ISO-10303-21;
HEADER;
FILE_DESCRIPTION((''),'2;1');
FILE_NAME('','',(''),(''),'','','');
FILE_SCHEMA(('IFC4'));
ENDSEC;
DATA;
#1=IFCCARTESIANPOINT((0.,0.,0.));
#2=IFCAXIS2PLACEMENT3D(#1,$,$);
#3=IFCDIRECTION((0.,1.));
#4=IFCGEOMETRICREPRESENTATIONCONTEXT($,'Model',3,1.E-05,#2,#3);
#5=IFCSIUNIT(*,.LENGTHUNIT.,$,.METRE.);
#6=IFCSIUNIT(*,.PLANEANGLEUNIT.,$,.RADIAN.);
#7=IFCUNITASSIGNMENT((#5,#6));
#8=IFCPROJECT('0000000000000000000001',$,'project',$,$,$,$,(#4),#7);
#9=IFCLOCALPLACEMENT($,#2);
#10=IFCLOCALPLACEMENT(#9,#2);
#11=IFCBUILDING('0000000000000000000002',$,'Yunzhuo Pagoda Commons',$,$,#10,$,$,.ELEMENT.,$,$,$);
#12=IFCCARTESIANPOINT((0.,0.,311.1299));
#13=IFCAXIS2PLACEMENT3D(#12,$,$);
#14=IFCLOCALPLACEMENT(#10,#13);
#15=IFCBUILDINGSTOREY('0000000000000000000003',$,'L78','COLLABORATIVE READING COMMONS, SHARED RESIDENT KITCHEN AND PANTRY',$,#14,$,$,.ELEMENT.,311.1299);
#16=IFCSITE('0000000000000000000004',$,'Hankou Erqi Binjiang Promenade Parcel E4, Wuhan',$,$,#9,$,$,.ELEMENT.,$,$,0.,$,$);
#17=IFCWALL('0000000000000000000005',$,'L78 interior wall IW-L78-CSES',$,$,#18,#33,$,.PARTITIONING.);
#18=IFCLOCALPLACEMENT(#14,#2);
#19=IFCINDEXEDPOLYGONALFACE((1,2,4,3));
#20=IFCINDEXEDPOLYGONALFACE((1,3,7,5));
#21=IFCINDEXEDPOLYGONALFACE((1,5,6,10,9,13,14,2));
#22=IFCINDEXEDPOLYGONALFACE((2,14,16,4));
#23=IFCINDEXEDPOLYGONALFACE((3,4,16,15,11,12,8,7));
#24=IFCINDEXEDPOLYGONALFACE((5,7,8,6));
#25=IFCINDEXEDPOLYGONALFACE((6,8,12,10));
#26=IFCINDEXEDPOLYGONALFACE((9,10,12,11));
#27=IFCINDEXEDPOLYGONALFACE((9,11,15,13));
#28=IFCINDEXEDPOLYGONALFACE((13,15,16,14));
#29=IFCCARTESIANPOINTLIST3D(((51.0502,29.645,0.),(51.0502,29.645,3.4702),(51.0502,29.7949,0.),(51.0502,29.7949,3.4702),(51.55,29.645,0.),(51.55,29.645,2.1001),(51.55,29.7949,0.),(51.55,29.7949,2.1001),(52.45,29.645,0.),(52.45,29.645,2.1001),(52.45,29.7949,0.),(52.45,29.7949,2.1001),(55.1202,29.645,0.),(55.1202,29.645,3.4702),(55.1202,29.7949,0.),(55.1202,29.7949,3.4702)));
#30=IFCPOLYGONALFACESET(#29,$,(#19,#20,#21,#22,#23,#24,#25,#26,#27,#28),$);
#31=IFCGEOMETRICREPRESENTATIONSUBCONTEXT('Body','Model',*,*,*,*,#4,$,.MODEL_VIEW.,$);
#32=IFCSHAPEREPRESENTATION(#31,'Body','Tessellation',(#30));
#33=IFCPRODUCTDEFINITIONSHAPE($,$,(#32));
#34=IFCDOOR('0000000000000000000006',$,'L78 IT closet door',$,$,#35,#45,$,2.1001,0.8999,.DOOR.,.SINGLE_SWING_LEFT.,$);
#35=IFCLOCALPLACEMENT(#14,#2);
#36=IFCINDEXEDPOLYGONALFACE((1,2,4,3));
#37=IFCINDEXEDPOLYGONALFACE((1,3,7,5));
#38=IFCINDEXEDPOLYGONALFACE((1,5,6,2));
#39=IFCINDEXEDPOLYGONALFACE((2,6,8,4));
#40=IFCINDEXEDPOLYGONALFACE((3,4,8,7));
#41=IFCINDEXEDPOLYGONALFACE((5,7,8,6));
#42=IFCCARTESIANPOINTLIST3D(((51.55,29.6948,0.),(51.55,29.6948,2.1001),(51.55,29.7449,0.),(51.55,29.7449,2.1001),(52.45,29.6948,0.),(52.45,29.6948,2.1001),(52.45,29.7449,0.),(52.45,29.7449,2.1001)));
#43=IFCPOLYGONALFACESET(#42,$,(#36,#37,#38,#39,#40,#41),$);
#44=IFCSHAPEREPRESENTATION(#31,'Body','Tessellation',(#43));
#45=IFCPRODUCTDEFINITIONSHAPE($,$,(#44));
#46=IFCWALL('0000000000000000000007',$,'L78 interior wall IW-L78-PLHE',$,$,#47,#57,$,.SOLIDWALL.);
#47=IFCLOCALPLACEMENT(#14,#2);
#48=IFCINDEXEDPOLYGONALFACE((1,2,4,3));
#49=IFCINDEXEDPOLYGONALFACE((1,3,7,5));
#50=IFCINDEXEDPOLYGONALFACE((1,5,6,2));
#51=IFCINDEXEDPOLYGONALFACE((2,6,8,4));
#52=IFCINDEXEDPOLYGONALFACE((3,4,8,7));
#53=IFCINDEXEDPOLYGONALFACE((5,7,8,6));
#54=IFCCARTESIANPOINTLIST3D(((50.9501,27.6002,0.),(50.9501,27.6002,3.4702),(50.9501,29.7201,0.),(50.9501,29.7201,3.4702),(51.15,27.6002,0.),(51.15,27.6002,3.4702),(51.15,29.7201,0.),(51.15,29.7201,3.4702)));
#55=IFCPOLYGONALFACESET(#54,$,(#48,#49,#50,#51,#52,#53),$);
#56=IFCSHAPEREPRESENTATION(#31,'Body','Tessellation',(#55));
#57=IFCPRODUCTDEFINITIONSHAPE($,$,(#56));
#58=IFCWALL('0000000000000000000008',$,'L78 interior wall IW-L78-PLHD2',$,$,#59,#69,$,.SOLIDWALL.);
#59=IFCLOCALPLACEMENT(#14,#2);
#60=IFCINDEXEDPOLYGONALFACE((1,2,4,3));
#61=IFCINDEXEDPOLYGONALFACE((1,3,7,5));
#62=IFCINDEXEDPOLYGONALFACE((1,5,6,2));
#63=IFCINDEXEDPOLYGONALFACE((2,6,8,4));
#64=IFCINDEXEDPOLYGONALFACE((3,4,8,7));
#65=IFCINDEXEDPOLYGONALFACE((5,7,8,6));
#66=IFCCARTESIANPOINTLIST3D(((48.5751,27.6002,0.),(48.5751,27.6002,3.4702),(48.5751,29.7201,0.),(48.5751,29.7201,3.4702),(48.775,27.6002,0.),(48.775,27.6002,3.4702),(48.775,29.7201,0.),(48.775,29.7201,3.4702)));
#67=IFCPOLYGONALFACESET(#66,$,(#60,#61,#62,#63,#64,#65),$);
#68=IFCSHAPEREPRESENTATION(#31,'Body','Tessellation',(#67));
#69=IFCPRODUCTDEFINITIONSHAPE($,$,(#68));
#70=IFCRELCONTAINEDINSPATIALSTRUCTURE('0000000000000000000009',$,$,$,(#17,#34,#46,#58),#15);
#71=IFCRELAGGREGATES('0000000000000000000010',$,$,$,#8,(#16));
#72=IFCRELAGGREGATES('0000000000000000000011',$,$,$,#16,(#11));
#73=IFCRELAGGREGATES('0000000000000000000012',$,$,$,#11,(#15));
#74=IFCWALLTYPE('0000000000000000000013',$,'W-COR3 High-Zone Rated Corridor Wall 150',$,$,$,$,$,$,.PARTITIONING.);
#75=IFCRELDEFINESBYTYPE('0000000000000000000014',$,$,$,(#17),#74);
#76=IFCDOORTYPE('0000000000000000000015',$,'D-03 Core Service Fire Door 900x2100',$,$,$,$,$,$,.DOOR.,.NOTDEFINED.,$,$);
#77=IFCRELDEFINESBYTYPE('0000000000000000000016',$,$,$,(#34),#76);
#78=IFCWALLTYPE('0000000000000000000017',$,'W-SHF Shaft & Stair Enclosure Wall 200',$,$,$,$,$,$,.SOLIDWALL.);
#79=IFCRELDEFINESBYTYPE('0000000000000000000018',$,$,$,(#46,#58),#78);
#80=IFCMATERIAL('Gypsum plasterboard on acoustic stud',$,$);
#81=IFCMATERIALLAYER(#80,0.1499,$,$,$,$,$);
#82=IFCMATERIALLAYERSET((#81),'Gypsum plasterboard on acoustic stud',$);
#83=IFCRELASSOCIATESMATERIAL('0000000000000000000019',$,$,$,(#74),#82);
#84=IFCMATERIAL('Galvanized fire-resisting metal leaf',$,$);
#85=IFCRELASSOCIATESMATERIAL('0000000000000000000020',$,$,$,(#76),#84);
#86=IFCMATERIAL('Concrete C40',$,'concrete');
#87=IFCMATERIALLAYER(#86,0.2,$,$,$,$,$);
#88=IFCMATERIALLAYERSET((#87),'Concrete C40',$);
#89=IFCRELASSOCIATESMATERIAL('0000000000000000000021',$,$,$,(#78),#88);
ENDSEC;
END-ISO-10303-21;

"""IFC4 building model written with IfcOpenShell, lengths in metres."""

from ifc_helpers import new_model, si_unit, direction, frame, frame_2d, origin, origin_with_axes, place, context, subcontext, project, spatial, rectangle, extrude, source, transform, mapped, material, layer, layer_set, type_object, element, fill, save


model = new_model("IFC4")

# Units and contexts
model_context = context("Model", 3, precision=1e-05, world=origin(), true_north=direction((0.0, 1.0)))
body_context = subcontext(model_context, "Body", "Model", "MODEL_VIEW")
ifc_project = project(units=[si_unit("LENGTHUNIT", "METRE"), si_unit("PLANEANGLEUNIT", "RADIAN")], contexts=[model_context])

# Site, building, storey
site_placement = place(None, origin())
site = spatial("IfcSite", under=ifc_project, at=site_placement, Name="Hankou Erqi Binjiang Promenade Parcel E4, Wuhan", CompositionType="ELEMENT", RefElevation=0.0)
building_placement = place(site_placement, origin())
building = spatial("IfcBuilding", under=site, at=building_placement, Name="Yunzhuo Pagoda Commons", CompositionType="ELEMENT")
storey_placement = place(building_placement, frame((0.0, 0.0, 311.1299)))
storey = spatial("IfcBuildingStorey", under=building, at=storey_placement, Name="L78", Description="COLLABORATIVE READING COMMONS, SHARED RESIDENT KITCHEN AND PANTRY", CompositionType="ELEMENT", Elevation=311.1299)

# Shared definitions
ifc_material_1 = material(Name="Gypsum plasterboard on acoustic stud")
ifc_layer_1 = layer(ifc_material_1, 0.1499)
ifc_layer_set_1 = layer_set([ifc_layer_1], Name="Gypsum plasterboard on acoustic stud")
wall_type_1 = type_object("IfcWallType", Name="W-COR3 High-Zone Rated Corridor Wall 150", PredefinedType="PARTITIONING", material=ifc_layer_set_1)

# Wall, opening, door
wall_1_placement = place(storey_placement, frame((51.05, 29.72, 0.0), z_axis=(0.0, 0.0, 1.0), x_axis=(1.0, 0.0, 0.0)))
wall_1 = element("IfcWall", 1, at=wall_1_placement, inside=storey, type_object=wall_type_1, Name="L78 interior wall IW-L78-CSES", PredefinedType="PARTITIONING", context=body_context, shape_type="SweptSolid", body=[
    extrude(rectangle(XDim=4.0701, YDim=0.1499, at=frame_2d((2.0352, 0.0))), origin(), (0.0, 0.0, 1.0), 3.4702),
])
opening_placement = place(wall_1_placement, frame((0.5, 0.0, 0.0)))
opening = element("IfcOpeningElement", 2, at=opening_placement, cuts=wall_1, PredefinedType="OPENING", context=body_context, shape_type="SweptSolid", body=[
    extrude(rectangle(XDim=0.8999, YDim=2.1001, at=frame_2d((0.45, 1.05))), frame((0.0, 0.085, 0.0), z_axis=(0.0, -1.0, 0.0), x_axis=(1.0, 0.0, 0.0)), (0.0, 0.0, 1.0), 0.1699),
])
ifc_material_2 = material(Name="Galvanized fire-resisting metal leaf")
door_type = type_object("IfcDoorType", Name="D-03 Core Service Fire Door 900x2100", OperationType="NOTDEFINED", PredefinedType="DOOR", material=ifc_material_2)
shared_shape_1 = source(origin(), body_context, "Body", "SweptSolid", [
    extrude(rectangle(XDim=0.8999, YDim=2.1001, at=frame_2d((0.45, 1.05))), frame((0.0, 0.0249, 0.0), z_axis=(0.0, -1.0, 0.0), x_axis=(1.0, 0.0, 0.0)), (0.0, 0.0, 1.0), 0.05),
])
door_placement = place(opening_placement, origin_with_axes())
door = element("IfcDoor", 3, at=door_placement, inside=storey, type_object=door_type, Name="L78 IT closet door", OperationType="SINGLE_SWING_LEFT", OverallHeight=2.1001, OverallWidth=0.8999, PredefinedType="DOOR", context=body_context, shape_type="MappedRepresentation", body=[
    mapped(shared_shape_1, transform((0.0, 0.0, 0.0), scale=1.0)),
])
fill(opening, door)

# Walls
ifc_material_3 = material(Name="Concrete C40", Category="concrete")
ifc_layer_2 = layer(ifc_material_3, 0.2)
ifc_layer_set_2 = layer_set([ifc_layer_2], Name="Concrete C40")
wall_type_2 = type_object("IfcWallType", Name="W-SHF Shaft & Stair Enclosure Wall 200", PredefinedType="SOLIDWALL", material=ifc_layer_set_2)
for number, where, z_axis, x_axis, name in (
    (4, (51.05, 27.6001, 0.0), (0.0, 0.0, 1.0), (0.0, 1.0, 0.0), "L78 interior wall IW-L78-PLHE"),
    (5, (48.675, 27.6001, 0.0), (0.0, 0.0, 1.0), (0.0, 1.0, 0.0), "L78 interior wall IW-L78-PLHD2"),
):
    element("IfcWall", number, at=place(storey_placement, frame(where, z_axis=z_axis, x_axis=x_axis)), inside=storey, type_object=wall_type_2, Name=name, PredefinedType="SOLIDWALL", context=body_context, shape_type="SweptSolid", body=[
        extrude(rectangle(XDim=2.1199, YDim=0.2, at=frame_2d((1.0601, 0.0))), origin(), (0.0, 0.0, 1.0), 3.4702),
    ])

save(model, "model.ifc")
